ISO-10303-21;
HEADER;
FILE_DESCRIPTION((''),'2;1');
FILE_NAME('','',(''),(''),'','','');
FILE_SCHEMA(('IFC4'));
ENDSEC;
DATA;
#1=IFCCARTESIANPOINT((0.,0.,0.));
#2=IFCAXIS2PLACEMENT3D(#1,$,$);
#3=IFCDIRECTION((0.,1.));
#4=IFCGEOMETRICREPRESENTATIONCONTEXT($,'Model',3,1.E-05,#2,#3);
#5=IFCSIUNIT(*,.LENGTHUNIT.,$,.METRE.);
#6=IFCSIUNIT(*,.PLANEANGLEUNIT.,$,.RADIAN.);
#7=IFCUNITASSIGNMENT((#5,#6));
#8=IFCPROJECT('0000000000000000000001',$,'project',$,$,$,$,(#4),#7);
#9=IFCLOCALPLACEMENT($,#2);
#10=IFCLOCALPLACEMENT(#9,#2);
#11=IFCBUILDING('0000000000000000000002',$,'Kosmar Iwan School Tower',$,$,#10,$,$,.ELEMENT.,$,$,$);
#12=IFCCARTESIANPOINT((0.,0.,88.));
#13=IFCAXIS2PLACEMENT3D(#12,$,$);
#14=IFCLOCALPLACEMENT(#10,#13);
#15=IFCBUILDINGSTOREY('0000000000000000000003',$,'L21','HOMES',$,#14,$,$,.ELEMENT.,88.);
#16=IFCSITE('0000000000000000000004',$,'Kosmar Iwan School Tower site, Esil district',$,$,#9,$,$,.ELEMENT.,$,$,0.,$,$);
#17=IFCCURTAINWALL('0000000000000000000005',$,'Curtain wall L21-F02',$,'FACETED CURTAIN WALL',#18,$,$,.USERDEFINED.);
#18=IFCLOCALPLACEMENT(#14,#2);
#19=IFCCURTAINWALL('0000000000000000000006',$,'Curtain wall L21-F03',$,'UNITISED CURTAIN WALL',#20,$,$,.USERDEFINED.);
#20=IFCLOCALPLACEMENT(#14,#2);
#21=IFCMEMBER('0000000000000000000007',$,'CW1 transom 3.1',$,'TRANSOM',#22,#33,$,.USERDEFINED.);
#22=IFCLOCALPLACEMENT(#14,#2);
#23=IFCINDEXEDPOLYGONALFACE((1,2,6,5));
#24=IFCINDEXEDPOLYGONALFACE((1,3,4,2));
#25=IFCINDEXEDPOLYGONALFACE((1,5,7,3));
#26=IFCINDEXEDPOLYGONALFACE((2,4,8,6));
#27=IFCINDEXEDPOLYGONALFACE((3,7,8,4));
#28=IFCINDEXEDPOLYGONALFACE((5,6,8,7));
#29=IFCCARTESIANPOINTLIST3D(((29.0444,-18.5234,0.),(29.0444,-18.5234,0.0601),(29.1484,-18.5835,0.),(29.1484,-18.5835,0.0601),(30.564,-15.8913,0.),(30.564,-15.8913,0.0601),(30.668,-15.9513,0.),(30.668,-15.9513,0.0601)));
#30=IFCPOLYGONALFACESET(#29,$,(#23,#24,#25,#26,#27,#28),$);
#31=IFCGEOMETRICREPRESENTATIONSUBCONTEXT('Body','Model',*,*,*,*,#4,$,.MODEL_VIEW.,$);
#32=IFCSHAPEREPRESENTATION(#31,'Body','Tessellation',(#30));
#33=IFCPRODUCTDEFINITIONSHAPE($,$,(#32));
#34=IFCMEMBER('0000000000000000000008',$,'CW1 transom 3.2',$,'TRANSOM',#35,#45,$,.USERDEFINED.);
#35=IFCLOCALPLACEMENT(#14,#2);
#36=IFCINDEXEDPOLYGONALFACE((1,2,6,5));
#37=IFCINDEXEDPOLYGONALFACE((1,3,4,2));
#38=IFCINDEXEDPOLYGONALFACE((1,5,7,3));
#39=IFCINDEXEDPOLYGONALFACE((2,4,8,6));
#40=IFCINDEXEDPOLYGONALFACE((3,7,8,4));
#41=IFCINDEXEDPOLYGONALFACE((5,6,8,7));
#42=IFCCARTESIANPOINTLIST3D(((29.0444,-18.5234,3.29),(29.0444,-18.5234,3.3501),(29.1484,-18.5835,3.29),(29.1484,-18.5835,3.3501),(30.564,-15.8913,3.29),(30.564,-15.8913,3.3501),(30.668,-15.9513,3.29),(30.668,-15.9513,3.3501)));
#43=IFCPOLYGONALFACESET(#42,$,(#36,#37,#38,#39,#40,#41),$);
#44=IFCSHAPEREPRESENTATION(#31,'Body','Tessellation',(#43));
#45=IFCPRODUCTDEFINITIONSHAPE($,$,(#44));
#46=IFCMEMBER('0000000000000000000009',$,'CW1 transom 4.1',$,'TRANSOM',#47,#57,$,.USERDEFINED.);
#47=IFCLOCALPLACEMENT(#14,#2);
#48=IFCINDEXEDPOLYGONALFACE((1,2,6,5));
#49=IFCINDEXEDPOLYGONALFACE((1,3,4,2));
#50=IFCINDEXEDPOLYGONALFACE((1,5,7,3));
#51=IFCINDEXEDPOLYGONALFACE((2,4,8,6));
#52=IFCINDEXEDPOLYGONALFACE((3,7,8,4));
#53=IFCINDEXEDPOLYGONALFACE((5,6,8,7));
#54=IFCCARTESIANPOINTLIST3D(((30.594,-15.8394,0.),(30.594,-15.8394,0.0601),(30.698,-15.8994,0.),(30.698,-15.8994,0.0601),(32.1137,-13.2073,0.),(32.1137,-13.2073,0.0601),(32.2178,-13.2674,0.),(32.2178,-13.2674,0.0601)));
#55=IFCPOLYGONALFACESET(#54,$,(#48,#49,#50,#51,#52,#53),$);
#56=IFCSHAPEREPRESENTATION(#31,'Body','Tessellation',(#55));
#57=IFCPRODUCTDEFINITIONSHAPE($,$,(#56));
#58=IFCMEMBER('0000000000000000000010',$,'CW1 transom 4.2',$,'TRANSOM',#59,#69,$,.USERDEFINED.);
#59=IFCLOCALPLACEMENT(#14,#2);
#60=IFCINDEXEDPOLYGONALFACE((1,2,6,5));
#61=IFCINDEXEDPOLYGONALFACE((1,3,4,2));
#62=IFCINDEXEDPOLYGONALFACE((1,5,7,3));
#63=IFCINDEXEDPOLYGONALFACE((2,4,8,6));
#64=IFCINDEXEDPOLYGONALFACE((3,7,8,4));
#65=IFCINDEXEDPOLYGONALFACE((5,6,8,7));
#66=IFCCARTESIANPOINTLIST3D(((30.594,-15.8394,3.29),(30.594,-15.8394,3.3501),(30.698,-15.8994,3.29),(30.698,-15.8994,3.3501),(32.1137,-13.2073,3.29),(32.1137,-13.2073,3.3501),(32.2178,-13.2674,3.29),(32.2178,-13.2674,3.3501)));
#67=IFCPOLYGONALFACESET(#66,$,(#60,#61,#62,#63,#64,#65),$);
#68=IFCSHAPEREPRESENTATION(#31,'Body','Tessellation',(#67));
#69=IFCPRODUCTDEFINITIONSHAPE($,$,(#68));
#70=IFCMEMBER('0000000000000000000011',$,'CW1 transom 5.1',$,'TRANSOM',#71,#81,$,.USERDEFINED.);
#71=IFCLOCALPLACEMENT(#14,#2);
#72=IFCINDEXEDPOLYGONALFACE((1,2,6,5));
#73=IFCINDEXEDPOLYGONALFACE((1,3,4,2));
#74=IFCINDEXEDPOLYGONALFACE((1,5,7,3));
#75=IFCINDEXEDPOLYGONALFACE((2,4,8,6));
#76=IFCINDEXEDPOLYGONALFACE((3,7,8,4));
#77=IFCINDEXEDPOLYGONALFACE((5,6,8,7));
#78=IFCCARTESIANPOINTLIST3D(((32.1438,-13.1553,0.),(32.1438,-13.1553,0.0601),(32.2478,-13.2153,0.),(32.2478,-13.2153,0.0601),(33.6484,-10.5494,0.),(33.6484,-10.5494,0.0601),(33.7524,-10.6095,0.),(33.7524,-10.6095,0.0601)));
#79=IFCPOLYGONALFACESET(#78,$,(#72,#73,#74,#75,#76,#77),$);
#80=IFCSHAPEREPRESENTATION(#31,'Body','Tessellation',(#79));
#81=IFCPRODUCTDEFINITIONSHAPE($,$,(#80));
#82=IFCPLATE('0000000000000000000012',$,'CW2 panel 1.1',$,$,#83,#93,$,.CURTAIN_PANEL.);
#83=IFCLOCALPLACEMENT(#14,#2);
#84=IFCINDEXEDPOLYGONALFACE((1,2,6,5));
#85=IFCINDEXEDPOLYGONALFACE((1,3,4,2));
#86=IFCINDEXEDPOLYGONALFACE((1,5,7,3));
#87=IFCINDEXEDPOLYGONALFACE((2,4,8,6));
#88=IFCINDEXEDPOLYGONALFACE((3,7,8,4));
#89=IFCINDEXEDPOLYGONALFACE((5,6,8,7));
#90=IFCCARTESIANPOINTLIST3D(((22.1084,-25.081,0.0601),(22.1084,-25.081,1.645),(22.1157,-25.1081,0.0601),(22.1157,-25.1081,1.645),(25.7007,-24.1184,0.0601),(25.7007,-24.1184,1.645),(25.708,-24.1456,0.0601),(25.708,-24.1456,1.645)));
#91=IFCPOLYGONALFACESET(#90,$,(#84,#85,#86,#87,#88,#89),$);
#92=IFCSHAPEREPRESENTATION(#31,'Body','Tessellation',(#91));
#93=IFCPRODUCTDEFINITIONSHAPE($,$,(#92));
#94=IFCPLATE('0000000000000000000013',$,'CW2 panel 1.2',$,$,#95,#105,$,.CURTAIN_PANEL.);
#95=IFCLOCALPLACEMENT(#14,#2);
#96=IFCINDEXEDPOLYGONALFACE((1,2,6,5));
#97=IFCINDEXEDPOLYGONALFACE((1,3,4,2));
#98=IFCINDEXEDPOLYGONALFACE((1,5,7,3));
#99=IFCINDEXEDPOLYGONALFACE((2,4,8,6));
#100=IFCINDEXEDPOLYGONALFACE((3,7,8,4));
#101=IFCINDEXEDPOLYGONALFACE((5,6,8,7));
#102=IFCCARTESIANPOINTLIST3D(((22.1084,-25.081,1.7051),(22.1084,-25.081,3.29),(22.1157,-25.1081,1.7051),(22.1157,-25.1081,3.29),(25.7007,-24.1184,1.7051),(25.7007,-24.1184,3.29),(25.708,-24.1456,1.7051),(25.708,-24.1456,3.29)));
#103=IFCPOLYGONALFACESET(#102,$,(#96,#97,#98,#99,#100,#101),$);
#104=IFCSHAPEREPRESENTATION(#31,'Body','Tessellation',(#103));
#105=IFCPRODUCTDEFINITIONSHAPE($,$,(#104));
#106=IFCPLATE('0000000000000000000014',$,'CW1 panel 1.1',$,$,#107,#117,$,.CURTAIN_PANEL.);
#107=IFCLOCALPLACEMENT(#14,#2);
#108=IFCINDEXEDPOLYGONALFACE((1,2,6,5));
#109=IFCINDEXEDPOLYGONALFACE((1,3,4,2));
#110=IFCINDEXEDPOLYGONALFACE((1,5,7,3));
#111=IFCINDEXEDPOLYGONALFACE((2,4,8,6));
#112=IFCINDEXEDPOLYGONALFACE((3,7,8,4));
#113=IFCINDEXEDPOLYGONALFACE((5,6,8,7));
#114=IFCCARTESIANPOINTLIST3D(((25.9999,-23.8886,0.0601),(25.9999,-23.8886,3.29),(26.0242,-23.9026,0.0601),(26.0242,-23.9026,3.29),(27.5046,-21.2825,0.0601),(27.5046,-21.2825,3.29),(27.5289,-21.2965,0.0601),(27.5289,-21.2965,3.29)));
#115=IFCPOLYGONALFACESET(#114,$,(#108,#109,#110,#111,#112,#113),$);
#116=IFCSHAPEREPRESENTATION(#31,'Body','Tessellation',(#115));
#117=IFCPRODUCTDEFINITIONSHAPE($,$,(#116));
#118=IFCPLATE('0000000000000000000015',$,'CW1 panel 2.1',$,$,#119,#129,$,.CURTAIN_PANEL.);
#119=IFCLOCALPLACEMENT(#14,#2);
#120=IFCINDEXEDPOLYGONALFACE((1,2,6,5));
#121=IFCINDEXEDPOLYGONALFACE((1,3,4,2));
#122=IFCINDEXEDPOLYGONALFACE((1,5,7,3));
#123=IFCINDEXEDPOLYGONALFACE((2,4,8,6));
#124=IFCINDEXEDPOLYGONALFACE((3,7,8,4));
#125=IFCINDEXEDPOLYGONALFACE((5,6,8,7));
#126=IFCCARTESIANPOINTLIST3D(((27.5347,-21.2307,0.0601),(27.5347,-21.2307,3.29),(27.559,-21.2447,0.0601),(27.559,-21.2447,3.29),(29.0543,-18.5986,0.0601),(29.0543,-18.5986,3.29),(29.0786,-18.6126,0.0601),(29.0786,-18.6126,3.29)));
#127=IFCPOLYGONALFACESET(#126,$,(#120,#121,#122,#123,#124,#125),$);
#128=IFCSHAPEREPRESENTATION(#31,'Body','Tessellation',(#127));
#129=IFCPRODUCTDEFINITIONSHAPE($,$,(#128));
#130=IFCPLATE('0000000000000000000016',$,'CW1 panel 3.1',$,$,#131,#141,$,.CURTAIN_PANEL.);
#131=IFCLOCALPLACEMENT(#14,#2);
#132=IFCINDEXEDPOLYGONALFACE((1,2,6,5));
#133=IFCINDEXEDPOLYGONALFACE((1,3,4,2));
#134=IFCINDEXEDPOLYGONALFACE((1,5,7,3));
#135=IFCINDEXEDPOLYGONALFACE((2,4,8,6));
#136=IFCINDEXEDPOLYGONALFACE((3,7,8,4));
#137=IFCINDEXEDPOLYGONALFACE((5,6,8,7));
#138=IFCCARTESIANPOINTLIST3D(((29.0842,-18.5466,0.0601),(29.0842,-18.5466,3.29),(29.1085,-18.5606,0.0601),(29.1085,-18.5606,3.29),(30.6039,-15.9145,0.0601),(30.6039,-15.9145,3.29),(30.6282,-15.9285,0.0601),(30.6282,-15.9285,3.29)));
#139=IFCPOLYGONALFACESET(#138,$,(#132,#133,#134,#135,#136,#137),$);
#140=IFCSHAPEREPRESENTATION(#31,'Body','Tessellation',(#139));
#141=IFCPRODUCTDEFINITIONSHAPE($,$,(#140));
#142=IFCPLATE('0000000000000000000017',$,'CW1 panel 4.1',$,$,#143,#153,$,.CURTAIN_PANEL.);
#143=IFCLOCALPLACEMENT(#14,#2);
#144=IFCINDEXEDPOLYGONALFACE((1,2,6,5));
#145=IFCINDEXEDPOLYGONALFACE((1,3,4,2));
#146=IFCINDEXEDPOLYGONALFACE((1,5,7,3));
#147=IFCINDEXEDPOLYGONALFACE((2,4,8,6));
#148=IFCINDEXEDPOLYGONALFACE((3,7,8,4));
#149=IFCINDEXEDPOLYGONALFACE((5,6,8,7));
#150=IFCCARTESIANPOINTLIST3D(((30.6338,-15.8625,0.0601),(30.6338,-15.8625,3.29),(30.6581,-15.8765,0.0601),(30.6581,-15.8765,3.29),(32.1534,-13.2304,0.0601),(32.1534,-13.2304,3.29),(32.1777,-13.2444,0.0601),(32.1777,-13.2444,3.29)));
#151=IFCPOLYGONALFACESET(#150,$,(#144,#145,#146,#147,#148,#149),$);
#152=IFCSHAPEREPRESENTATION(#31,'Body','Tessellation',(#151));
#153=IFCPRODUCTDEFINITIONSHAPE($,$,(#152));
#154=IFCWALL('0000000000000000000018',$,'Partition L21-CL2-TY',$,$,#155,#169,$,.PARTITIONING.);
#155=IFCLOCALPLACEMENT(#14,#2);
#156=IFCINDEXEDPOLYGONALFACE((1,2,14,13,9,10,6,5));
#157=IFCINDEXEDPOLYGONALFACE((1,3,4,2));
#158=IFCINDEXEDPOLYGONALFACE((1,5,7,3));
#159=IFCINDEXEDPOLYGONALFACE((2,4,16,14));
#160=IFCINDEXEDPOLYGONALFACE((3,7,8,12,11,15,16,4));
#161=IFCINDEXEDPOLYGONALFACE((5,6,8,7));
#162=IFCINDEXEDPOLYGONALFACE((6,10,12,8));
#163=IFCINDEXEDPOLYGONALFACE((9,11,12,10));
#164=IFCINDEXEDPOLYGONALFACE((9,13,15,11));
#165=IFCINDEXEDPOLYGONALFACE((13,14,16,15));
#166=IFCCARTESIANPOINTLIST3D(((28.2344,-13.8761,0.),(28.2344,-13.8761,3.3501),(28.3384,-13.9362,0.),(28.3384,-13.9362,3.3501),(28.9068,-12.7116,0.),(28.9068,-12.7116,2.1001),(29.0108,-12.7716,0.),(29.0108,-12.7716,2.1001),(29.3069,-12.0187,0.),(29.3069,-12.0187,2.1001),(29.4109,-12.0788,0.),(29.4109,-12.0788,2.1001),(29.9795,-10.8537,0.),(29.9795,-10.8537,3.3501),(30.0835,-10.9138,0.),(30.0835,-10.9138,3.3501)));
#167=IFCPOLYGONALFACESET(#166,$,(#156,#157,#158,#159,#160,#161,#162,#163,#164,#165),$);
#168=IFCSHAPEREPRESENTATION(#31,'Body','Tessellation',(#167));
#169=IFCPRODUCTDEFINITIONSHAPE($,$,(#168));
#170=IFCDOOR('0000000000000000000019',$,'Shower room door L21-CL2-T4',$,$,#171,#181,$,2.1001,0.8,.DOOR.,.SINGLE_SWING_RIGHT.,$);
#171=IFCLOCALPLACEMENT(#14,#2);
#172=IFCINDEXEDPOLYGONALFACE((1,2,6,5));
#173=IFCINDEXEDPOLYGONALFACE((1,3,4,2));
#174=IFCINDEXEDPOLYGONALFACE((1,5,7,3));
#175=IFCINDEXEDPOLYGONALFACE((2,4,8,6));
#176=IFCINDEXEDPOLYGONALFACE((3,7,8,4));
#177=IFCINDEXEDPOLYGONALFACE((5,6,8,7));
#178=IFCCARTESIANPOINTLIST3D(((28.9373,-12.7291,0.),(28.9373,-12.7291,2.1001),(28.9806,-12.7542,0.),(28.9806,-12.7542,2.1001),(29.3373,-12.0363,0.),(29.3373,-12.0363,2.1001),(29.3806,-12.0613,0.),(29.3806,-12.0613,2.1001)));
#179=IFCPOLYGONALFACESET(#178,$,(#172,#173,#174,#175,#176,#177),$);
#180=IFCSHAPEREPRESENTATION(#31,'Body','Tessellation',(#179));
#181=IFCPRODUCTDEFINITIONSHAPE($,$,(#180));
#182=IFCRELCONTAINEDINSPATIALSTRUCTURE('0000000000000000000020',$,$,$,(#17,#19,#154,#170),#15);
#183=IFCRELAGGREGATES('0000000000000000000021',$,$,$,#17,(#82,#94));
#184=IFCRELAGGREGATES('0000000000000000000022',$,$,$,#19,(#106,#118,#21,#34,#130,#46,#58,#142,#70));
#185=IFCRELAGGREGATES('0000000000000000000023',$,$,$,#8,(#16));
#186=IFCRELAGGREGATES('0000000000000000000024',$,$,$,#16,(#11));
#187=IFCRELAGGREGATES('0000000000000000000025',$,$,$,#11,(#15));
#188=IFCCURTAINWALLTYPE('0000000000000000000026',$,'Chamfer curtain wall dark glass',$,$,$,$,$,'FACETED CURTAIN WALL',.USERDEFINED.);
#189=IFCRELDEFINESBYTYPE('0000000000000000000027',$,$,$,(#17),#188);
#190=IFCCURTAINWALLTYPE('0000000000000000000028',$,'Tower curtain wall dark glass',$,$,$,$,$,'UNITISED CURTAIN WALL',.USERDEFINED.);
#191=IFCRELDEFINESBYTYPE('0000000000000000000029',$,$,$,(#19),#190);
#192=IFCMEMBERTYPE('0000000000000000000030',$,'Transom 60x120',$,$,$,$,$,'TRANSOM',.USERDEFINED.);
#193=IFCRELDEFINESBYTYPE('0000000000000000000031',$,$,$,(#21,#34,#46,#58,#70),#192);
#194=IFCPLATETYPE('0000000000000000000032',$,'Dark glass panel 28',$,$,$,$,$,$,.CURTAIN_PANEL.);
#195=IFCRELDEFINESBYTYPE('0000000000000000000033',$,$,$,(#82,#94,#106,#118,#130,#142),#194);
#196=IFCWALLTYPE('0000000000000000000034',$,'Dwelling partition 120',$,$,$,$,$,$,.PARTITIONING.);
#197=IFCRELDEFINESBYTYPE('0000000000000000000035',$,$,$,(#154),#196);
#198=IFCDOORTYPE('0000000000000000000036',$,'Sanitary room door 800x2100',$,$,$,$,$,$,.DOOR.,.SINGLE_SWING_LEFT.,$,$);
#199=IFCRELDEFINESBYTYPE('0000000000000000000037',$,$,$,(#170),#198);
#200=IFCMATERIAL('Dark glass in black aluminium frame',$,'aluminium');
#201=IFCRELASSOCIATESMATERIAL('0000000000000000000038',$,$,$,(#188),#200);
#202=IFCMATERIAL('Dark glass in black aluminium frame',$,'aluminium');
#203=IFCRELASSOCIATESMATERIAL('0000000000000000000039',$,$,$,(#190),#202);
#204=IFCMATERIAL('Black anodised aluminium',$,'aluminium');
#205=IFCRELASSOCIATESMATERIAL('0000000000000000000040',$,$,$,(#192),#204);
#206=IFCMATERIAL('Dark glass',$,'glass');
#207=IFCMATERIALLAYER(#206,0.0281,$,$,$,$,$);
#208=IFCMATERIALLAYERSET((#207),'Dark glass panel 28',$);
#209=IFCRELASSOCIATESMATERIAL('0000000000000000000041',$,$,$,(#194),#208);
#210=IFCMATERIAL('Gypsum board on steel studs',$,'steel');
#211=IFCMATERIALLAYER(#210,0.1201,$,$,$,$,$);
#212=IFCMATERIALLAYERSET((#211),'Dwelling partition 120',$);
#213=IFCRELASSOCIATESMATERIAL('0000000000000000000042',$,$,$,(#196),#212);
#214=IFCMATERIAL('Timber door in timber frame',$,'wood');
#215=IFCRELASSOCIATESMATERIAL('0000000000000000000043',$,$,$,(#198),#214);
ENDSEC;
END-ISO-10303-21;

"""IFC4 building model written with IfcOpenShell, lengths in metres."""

from ifc_helpers import new_model, si_unit, direction, frame, frame_2d, origin, origin_2d, place, context, subcontext, project, spatial, rectangle, extrude, material, layer, layer_set, material_profile, profile_set, type_object, element, fill, aggregate, save


model = new_model("IFC4")

# Units and contexts
model_context = context("Model", 3, precision=1e-05, world=origin(), true_north=direction((0.0, 1.0)))
body_context = subcontext(model_context, "Body", "Model", "MODEL_VIEW")
ifc_project = project(units=[si_unit("LENGTHUNIT", "METRE"), si_unit("PLANEANGLEUNIT", "RADIAN")], contexts=[model_context])

# Site, building, storey
site_placement = place(None, origin())
site = spatial("IfcSite", under=ifc_project, at=site_placement, Name="Kosmar Iwan School Tower site, Esil district", CompositionType="ELEMENT", RefElevation=0.0)
building_placement = place(site_placement, origin())
building = spatial("IfcBuilding", under=site, at=building_placement, Name="Kosmar Iwan School Tower", CompositionType="ELEMENT")
storey_placement = place(building_placement, frame((0.0, 0.0, 88.0)))
storey = spatial("IfcBuildingStorey", under=building, at=storey_placement, Name="L21", Description="HOMES", CompositionType="ELEMENT", Elevation=88.0)

# Curtain wall
ifc_material_1 = material(Name="Dark glass in black aluminium frame", Category="aluminium")
curtain_wall_type_1 = type_object("IfcCurtainWallType", Name="Chamfer curtain wall dark glass", ElementType="FACETED CURTAIN WALL", PredefinedType="USERDEFINED", material=ifc_material_1)
curtain_wall_1_placement = place(storey_placement, origin())
curtain_wall_1 = element("IfcCurtainWall", 1, at=curtain_wall_1_placement, inside=storey, type_object=curtain_wall_type_1, Name="Curtain wall L21-F02", ObjectType="FACETED CURTAIN WALL", PredefinedType="USERDEFINED")

# Curtain wall
ifc_material_2 = material(Name="Dark glass in black aluminium frame", Category="aluminium")
curtain_wall_type_2 = type_object("IfcCurtainWallType", Name="Tower curtain wall dark glass", ElementType="UNITISED CURTAIN WALL", PredefinedType="USERDEFINED", material=ifc_material_2)
curtain_wall_2_placement = place(storey_placement, origin())
curtain_wall_2 = element("IfcCurtainWall", 2, at=curtain_wall_2_placement, inside=storey, type_object=curtain_wall_type_2, Name="Curtain wall L21-F03", ObjectType="UNITISED CURTAIN WALL", PredefinedType="USERDEFINED")

# Members
ifc_material_3 = material(Name="Black anodised aluminium", Category="aluminium")
ifc_material_profile_1 = material_profile(ifc_material_3, rectangle(XDim=0.1201, YDim=0.0601, at=origin_2d()), Name="TRANSOM 60x120")
ifc_profile_set_1 = profile_set([ifc_material_profile_1], Name="Black anodised aluminium")
member_type_1 = type_object("IfcMemberType", Name="Transom 60x120", ElementType="TRANSOM", PredefinedType="USERDEFINED", material=ifc_profile_set_1)
member_1_placement = place(storey_placement, frame((29.0964, -18.5535, 0.03), z_axis=(0.499975, 0.86604, 0.0), x_axis=(-0.86604, 0.499975, 0.0)))
member_1 = element("IfcMember", 3, at=member_1_placement, type_object=member_type_1, Name="CW1 transom 3.1", ObjectType="TRANSOM", PredefinedType="USERDEFINED", context=body_context, shape_type="SweptSolid", body=[
    extrude(rectangle(XDim=0.1201, YDim=0.0601, at=origin_2d()), origin(), (0.0, 0.0, 1.0), 3.0393),
])
member_2_placement = place(storey_placement, frame((29.0964, -18.5535, 3.3201), z_axis=(0.499975, 0.86604, 0.0), x_axis=(-0.86604, 0.499975, 0.0)))
member_2 = element("IfcMember", 4, at=member_2_placement, type_object=member_type_1, Name="CW1 transom 3.2", ObjectType="TRANSOM", PredefinedType="USERDEFINED", context=body_context, shape_type="SweptSolid", body=[
    extrude(rectangle(XDim=0.1201, YDim=0.0601, at=origin_2d()), origin(), (0.0, 0.0, 1.0), 3.0393),
])
member_3_placement = place(storey_placement, frame((30.646, -15.8694, 0.03), z_axis=(0.500035, 0.866005, 0.0), x_axis=(-0.866005, 0.500035, 0.0)))
member_3 = element("IfcMember", 5, at=member_3_placement, type_object=member_type_1, Name="CW1 transom 4.1", ObjectType="TRANSOM", PredefinedType="USERDEFINED", context=body_context, shape_type="SweptSolid", body=[
    extrude(rectangle(XDim=0.1201, YDim=0.0601, at=origin_2d()), origin(), (0.0, 0.0, 1.0), 3.0393),
])
member_4_placement = place(storey_placement, frame((30.646, -15.8694, 3.3201), z_axis=(0.500035, 0.866005, 0.0), x_axis=(-0.866005, 0.500035, 0.0)))
member_4 = element("IfcMember", 6, at=member_4_placement, type_object=member_type_1, Name="CW1 transom 4.2", ObjectType="TRANSOM", PredefinedType="USERDEFINED", context=body_context, shape_type="SweptSolid", body=[
    extrude(rectangle(XDim=0.1201, YDim=0.0601, at=origin_2d()), origin(), (0.0, 0.0, 1.0), 3.0393),
])
member_5_placement = place(storey_placement, frame((32.1958, -13.1853, 0.03), z_axis=(0.500022, 0.866013, 0.0), x_axis=(-0.866013, 0.500022, 0.0)))
member_5 = element("IfcMember", 7, at=member_5_placement, type_object=member_type_1, Name="CW1 transom 5.1", ObjectType="TRANSOM", PredefinedType="USERDEFINED", context=body_context, shape_type="SweptSolid", body=[
    extrude(rectangle(XDim=0.1201, YDim=0.0601, at=origin_2d()), origin(), (0.0, 0.0, 1.0), 3.009),
])

# Plates
ifc_material_4 = material(Name="Dark glass", Category="glass")
ifc_layer_1 = layer(ifc_material_4, 0.0281)
ifc_layer_set_1 = layer_set([ifc_layer_1], Name="Dark glass panel 28")
plate_type = type_object("IfcPlateType", Name="Dark glass panel 28", PredefinedType="CURTAIN_PANEL", material=ifc_layer_set_1)
plate_1_placement = place(storey_placement, frame((23.9082, -24.6133, 0.0601), z_axis=(0.0, 0.0, 1.0), x_axis=(0.965926, 0.258819, 0.0)))
plate_1 = element("IfcPlate", 8, at=plate_1_placement, type_object=plate_type, Name="CW2 panel 1.1", PredefinedType="CURTAIN_PANEL", context=body_context, shape_type="SweptSolid", body=[
    extrude(rectangle(XDim=3.719, YDim=0.0281, at=origin_2d()), origin(), (0.0, 0.0, 1.0), 1.585),
])
plate_2_placement = place(storey_placement, frame((23.9082, -24.6133, 1.7051), z_axis=(0.0, 0.0, 1.0), x_axis=(0.965926, 0.258819, 0.0)))
plate_2 = element("IfcPlate", 9, at=plate_2_placement, type_object=plate_type, Name="CW2 panel 1.2", PredefinedType="CURTAIN_PANEL", context=body_context, shape_type="SweptSolid", body=[
    extrude(rectangle(XDim=3.719, YDim=0.0281, at=origin_2d()), origin(), (0.0, 0.0, 1.0), 1.585),
])
aggregate(curtain_wall_1, [plate_1, plate_2])
plate_3_placement = place(storey_placement, frame((26.7644, -22.5925, 0.0601), z_axis=(0.0, 0.0, 1.0), x_axis=(0.5, 0.866025, 0.0)))
plate_3 = element("IfcPlate", 10, at=plate_3_placement, type_object=plate_type, Name="CW1 panel 1.1", PredefinedType="CURTAIN_PANEL", context=body_context, shape_type="SweptSolid", body=[
    extrude(rectangle(XDim=3.0093, YDim=0.0281, at=origin_2d()), origin(), (0.0, 0.0, 1.0), 3.23),
])
plate_4_placement = place(storey_placement, frame((28.3066, -19.9216, 0.0601), z_axis=(0.0, 0.0, 1.0), x_axis=(0.5, 0.866025, 0.0)))
plate_4 = element("IfcPlate", 11, at=plate_4_placement, type_object=plate_type, Name="CW1 panel 2.1", PredefinedType="CURTAIN_PANEL", context=body_context, shape_type="SweptSolid", body=[
    extrude(rectangle(XDim=3.0393, YDim=0.0281, at=origin_2d()), origin(), (0.0, 0.0, 1.0), 3.23),
])
plate_5_placement = place(storey_placement, frame((29.8562, -17.2375, 0.0601), z_axis=(0.0, 0.0, 1.0), x_axis=(0.5, 0.866025, 0.0)))
plate_5 = element("IfcPlate", 12, at=plate_5_placement, type_object=plate_type, Name="CW1 panel 3.1", PredefinedType="CURTAIN_PANEL", context=body_context, shape_type="SweptSolid", body=[
    extrude(rectangle(XDim=3.0393, YDim=0.0281, at=origin_2d()), origin(), (0.0, 0.0, 1.0), 3.23),
])
plate_6_placement = place(storey_placement, frame((31.4058, -14.5535, 0.0601), z_axis=(0.0, 0.0, 1.0), x_axis=(0.5, 0.866025, 0.0)))
plate_6 = element("IfcPlate", 13, at=plate_6_placement, type_object=plate_type, Name="CW1 panel 4.1", PredefinedType="CURTAIN_PANEL", context=body_context, shape_type="SweptSolid", body=[
    extrude(rectangle(XDim=3.0393, YDim=0.0281, at=origin_2d()), origin(), (0.0, 0.0, 1.0), 3.23),
])
aggregate(curtain_wall_2, [plate_3, plate_4, member_1, member_2, plate_5, member_3, member_4, plate_6, member_5])

# Wall, opening, door
ifc_material_5 = material(Name="Gypsum board on steel studs", Category="steel")
ifc_layer_2 = layer(ifc_material_5, 0.1201)
ifc_layer_set_2 = layer_set([ifc_layer_2], Name="Dwelling partition 120")
wall_type = type_object("IfcWallType", Name="Dwelling partition 120", PredefinedType="PARTITIONING", material=ifc_layer_set_2)
wall_1_placement = place(storey_placement, frame((28.2864, -13.9062, 0.0), z_axis=(0.0, 0.0, 1.0), x_axis=(0.500021, 0.866013, 0.0)))
wall_1 = element("IfcWall", 14, at=wall_1_placement, inside=storey, type_object=wall_type, Name="Partition L21-CL2-TY", PredefinedType="PARTITIONING", context=body_context, shape_type="SweptSolid", body=[
    extrude(rectangle(XDim=3.49, YDim=0.1201, at=frame_2d((1.7451, 0.0))), origin(), (0.0, 0.0, 1.0), 3.3501),
])
opening_placement = place(wall_1_placement, frame((1.345, 0.0, 0.0)))
opening = element("IfcOpeningElement", 15, at=opening_placement, cuts=wall_1, PredefinedType="OPENING", context=body_context, shape_type="SweptSolid", body=[
    extrude(rectangle(XDim=0.8, YDim=2.1001, at=frame_2d((0.3999, 1.05))), frame((0.0, 0.072, 0.0), z_axis=(0.0, -1.0, 0.0), x_axis=(1.0, 0.0, 0.0)), (0.0, 0.0, 1.0), 0.144),
])
ifc_material_6 = material(Name="Timber door in timber frame", Category="wood")
door_type = type_object("IfcDoorType", Name="Sanitary room door 800x2100", OperationType="SINGLE_SWING_LEFT", PredefinedType="DOOR", material=ifc_material_6)
door_placement = place(opening_placement, origin())
door = element("IfcDoor", 16, at=door_placement, inside=storey, type_object=door_type, Name="Shower room door L21-CL2-T4", OperationType="SINGLE_SWING_RIGHT", OverallHeight=2.1001, OverallWidth=0.8, PredefinedType="DOOR", context=body_context, shape_type="SweptSolid", body=[
    extrude(rectangle(XDim=0.8, YDim=2.1001, at=frame_2d((0.3999, 1.05))), frame((0.0, 0.0249, 0.0), z_axis=(0.0, -1.0, 0.0), x_axis=(1.0, 0.0, 0.0)), (0.0, 0.0, 1.0), 0.05),
])
fill(opening, door)

save(model, "model.ifc")
